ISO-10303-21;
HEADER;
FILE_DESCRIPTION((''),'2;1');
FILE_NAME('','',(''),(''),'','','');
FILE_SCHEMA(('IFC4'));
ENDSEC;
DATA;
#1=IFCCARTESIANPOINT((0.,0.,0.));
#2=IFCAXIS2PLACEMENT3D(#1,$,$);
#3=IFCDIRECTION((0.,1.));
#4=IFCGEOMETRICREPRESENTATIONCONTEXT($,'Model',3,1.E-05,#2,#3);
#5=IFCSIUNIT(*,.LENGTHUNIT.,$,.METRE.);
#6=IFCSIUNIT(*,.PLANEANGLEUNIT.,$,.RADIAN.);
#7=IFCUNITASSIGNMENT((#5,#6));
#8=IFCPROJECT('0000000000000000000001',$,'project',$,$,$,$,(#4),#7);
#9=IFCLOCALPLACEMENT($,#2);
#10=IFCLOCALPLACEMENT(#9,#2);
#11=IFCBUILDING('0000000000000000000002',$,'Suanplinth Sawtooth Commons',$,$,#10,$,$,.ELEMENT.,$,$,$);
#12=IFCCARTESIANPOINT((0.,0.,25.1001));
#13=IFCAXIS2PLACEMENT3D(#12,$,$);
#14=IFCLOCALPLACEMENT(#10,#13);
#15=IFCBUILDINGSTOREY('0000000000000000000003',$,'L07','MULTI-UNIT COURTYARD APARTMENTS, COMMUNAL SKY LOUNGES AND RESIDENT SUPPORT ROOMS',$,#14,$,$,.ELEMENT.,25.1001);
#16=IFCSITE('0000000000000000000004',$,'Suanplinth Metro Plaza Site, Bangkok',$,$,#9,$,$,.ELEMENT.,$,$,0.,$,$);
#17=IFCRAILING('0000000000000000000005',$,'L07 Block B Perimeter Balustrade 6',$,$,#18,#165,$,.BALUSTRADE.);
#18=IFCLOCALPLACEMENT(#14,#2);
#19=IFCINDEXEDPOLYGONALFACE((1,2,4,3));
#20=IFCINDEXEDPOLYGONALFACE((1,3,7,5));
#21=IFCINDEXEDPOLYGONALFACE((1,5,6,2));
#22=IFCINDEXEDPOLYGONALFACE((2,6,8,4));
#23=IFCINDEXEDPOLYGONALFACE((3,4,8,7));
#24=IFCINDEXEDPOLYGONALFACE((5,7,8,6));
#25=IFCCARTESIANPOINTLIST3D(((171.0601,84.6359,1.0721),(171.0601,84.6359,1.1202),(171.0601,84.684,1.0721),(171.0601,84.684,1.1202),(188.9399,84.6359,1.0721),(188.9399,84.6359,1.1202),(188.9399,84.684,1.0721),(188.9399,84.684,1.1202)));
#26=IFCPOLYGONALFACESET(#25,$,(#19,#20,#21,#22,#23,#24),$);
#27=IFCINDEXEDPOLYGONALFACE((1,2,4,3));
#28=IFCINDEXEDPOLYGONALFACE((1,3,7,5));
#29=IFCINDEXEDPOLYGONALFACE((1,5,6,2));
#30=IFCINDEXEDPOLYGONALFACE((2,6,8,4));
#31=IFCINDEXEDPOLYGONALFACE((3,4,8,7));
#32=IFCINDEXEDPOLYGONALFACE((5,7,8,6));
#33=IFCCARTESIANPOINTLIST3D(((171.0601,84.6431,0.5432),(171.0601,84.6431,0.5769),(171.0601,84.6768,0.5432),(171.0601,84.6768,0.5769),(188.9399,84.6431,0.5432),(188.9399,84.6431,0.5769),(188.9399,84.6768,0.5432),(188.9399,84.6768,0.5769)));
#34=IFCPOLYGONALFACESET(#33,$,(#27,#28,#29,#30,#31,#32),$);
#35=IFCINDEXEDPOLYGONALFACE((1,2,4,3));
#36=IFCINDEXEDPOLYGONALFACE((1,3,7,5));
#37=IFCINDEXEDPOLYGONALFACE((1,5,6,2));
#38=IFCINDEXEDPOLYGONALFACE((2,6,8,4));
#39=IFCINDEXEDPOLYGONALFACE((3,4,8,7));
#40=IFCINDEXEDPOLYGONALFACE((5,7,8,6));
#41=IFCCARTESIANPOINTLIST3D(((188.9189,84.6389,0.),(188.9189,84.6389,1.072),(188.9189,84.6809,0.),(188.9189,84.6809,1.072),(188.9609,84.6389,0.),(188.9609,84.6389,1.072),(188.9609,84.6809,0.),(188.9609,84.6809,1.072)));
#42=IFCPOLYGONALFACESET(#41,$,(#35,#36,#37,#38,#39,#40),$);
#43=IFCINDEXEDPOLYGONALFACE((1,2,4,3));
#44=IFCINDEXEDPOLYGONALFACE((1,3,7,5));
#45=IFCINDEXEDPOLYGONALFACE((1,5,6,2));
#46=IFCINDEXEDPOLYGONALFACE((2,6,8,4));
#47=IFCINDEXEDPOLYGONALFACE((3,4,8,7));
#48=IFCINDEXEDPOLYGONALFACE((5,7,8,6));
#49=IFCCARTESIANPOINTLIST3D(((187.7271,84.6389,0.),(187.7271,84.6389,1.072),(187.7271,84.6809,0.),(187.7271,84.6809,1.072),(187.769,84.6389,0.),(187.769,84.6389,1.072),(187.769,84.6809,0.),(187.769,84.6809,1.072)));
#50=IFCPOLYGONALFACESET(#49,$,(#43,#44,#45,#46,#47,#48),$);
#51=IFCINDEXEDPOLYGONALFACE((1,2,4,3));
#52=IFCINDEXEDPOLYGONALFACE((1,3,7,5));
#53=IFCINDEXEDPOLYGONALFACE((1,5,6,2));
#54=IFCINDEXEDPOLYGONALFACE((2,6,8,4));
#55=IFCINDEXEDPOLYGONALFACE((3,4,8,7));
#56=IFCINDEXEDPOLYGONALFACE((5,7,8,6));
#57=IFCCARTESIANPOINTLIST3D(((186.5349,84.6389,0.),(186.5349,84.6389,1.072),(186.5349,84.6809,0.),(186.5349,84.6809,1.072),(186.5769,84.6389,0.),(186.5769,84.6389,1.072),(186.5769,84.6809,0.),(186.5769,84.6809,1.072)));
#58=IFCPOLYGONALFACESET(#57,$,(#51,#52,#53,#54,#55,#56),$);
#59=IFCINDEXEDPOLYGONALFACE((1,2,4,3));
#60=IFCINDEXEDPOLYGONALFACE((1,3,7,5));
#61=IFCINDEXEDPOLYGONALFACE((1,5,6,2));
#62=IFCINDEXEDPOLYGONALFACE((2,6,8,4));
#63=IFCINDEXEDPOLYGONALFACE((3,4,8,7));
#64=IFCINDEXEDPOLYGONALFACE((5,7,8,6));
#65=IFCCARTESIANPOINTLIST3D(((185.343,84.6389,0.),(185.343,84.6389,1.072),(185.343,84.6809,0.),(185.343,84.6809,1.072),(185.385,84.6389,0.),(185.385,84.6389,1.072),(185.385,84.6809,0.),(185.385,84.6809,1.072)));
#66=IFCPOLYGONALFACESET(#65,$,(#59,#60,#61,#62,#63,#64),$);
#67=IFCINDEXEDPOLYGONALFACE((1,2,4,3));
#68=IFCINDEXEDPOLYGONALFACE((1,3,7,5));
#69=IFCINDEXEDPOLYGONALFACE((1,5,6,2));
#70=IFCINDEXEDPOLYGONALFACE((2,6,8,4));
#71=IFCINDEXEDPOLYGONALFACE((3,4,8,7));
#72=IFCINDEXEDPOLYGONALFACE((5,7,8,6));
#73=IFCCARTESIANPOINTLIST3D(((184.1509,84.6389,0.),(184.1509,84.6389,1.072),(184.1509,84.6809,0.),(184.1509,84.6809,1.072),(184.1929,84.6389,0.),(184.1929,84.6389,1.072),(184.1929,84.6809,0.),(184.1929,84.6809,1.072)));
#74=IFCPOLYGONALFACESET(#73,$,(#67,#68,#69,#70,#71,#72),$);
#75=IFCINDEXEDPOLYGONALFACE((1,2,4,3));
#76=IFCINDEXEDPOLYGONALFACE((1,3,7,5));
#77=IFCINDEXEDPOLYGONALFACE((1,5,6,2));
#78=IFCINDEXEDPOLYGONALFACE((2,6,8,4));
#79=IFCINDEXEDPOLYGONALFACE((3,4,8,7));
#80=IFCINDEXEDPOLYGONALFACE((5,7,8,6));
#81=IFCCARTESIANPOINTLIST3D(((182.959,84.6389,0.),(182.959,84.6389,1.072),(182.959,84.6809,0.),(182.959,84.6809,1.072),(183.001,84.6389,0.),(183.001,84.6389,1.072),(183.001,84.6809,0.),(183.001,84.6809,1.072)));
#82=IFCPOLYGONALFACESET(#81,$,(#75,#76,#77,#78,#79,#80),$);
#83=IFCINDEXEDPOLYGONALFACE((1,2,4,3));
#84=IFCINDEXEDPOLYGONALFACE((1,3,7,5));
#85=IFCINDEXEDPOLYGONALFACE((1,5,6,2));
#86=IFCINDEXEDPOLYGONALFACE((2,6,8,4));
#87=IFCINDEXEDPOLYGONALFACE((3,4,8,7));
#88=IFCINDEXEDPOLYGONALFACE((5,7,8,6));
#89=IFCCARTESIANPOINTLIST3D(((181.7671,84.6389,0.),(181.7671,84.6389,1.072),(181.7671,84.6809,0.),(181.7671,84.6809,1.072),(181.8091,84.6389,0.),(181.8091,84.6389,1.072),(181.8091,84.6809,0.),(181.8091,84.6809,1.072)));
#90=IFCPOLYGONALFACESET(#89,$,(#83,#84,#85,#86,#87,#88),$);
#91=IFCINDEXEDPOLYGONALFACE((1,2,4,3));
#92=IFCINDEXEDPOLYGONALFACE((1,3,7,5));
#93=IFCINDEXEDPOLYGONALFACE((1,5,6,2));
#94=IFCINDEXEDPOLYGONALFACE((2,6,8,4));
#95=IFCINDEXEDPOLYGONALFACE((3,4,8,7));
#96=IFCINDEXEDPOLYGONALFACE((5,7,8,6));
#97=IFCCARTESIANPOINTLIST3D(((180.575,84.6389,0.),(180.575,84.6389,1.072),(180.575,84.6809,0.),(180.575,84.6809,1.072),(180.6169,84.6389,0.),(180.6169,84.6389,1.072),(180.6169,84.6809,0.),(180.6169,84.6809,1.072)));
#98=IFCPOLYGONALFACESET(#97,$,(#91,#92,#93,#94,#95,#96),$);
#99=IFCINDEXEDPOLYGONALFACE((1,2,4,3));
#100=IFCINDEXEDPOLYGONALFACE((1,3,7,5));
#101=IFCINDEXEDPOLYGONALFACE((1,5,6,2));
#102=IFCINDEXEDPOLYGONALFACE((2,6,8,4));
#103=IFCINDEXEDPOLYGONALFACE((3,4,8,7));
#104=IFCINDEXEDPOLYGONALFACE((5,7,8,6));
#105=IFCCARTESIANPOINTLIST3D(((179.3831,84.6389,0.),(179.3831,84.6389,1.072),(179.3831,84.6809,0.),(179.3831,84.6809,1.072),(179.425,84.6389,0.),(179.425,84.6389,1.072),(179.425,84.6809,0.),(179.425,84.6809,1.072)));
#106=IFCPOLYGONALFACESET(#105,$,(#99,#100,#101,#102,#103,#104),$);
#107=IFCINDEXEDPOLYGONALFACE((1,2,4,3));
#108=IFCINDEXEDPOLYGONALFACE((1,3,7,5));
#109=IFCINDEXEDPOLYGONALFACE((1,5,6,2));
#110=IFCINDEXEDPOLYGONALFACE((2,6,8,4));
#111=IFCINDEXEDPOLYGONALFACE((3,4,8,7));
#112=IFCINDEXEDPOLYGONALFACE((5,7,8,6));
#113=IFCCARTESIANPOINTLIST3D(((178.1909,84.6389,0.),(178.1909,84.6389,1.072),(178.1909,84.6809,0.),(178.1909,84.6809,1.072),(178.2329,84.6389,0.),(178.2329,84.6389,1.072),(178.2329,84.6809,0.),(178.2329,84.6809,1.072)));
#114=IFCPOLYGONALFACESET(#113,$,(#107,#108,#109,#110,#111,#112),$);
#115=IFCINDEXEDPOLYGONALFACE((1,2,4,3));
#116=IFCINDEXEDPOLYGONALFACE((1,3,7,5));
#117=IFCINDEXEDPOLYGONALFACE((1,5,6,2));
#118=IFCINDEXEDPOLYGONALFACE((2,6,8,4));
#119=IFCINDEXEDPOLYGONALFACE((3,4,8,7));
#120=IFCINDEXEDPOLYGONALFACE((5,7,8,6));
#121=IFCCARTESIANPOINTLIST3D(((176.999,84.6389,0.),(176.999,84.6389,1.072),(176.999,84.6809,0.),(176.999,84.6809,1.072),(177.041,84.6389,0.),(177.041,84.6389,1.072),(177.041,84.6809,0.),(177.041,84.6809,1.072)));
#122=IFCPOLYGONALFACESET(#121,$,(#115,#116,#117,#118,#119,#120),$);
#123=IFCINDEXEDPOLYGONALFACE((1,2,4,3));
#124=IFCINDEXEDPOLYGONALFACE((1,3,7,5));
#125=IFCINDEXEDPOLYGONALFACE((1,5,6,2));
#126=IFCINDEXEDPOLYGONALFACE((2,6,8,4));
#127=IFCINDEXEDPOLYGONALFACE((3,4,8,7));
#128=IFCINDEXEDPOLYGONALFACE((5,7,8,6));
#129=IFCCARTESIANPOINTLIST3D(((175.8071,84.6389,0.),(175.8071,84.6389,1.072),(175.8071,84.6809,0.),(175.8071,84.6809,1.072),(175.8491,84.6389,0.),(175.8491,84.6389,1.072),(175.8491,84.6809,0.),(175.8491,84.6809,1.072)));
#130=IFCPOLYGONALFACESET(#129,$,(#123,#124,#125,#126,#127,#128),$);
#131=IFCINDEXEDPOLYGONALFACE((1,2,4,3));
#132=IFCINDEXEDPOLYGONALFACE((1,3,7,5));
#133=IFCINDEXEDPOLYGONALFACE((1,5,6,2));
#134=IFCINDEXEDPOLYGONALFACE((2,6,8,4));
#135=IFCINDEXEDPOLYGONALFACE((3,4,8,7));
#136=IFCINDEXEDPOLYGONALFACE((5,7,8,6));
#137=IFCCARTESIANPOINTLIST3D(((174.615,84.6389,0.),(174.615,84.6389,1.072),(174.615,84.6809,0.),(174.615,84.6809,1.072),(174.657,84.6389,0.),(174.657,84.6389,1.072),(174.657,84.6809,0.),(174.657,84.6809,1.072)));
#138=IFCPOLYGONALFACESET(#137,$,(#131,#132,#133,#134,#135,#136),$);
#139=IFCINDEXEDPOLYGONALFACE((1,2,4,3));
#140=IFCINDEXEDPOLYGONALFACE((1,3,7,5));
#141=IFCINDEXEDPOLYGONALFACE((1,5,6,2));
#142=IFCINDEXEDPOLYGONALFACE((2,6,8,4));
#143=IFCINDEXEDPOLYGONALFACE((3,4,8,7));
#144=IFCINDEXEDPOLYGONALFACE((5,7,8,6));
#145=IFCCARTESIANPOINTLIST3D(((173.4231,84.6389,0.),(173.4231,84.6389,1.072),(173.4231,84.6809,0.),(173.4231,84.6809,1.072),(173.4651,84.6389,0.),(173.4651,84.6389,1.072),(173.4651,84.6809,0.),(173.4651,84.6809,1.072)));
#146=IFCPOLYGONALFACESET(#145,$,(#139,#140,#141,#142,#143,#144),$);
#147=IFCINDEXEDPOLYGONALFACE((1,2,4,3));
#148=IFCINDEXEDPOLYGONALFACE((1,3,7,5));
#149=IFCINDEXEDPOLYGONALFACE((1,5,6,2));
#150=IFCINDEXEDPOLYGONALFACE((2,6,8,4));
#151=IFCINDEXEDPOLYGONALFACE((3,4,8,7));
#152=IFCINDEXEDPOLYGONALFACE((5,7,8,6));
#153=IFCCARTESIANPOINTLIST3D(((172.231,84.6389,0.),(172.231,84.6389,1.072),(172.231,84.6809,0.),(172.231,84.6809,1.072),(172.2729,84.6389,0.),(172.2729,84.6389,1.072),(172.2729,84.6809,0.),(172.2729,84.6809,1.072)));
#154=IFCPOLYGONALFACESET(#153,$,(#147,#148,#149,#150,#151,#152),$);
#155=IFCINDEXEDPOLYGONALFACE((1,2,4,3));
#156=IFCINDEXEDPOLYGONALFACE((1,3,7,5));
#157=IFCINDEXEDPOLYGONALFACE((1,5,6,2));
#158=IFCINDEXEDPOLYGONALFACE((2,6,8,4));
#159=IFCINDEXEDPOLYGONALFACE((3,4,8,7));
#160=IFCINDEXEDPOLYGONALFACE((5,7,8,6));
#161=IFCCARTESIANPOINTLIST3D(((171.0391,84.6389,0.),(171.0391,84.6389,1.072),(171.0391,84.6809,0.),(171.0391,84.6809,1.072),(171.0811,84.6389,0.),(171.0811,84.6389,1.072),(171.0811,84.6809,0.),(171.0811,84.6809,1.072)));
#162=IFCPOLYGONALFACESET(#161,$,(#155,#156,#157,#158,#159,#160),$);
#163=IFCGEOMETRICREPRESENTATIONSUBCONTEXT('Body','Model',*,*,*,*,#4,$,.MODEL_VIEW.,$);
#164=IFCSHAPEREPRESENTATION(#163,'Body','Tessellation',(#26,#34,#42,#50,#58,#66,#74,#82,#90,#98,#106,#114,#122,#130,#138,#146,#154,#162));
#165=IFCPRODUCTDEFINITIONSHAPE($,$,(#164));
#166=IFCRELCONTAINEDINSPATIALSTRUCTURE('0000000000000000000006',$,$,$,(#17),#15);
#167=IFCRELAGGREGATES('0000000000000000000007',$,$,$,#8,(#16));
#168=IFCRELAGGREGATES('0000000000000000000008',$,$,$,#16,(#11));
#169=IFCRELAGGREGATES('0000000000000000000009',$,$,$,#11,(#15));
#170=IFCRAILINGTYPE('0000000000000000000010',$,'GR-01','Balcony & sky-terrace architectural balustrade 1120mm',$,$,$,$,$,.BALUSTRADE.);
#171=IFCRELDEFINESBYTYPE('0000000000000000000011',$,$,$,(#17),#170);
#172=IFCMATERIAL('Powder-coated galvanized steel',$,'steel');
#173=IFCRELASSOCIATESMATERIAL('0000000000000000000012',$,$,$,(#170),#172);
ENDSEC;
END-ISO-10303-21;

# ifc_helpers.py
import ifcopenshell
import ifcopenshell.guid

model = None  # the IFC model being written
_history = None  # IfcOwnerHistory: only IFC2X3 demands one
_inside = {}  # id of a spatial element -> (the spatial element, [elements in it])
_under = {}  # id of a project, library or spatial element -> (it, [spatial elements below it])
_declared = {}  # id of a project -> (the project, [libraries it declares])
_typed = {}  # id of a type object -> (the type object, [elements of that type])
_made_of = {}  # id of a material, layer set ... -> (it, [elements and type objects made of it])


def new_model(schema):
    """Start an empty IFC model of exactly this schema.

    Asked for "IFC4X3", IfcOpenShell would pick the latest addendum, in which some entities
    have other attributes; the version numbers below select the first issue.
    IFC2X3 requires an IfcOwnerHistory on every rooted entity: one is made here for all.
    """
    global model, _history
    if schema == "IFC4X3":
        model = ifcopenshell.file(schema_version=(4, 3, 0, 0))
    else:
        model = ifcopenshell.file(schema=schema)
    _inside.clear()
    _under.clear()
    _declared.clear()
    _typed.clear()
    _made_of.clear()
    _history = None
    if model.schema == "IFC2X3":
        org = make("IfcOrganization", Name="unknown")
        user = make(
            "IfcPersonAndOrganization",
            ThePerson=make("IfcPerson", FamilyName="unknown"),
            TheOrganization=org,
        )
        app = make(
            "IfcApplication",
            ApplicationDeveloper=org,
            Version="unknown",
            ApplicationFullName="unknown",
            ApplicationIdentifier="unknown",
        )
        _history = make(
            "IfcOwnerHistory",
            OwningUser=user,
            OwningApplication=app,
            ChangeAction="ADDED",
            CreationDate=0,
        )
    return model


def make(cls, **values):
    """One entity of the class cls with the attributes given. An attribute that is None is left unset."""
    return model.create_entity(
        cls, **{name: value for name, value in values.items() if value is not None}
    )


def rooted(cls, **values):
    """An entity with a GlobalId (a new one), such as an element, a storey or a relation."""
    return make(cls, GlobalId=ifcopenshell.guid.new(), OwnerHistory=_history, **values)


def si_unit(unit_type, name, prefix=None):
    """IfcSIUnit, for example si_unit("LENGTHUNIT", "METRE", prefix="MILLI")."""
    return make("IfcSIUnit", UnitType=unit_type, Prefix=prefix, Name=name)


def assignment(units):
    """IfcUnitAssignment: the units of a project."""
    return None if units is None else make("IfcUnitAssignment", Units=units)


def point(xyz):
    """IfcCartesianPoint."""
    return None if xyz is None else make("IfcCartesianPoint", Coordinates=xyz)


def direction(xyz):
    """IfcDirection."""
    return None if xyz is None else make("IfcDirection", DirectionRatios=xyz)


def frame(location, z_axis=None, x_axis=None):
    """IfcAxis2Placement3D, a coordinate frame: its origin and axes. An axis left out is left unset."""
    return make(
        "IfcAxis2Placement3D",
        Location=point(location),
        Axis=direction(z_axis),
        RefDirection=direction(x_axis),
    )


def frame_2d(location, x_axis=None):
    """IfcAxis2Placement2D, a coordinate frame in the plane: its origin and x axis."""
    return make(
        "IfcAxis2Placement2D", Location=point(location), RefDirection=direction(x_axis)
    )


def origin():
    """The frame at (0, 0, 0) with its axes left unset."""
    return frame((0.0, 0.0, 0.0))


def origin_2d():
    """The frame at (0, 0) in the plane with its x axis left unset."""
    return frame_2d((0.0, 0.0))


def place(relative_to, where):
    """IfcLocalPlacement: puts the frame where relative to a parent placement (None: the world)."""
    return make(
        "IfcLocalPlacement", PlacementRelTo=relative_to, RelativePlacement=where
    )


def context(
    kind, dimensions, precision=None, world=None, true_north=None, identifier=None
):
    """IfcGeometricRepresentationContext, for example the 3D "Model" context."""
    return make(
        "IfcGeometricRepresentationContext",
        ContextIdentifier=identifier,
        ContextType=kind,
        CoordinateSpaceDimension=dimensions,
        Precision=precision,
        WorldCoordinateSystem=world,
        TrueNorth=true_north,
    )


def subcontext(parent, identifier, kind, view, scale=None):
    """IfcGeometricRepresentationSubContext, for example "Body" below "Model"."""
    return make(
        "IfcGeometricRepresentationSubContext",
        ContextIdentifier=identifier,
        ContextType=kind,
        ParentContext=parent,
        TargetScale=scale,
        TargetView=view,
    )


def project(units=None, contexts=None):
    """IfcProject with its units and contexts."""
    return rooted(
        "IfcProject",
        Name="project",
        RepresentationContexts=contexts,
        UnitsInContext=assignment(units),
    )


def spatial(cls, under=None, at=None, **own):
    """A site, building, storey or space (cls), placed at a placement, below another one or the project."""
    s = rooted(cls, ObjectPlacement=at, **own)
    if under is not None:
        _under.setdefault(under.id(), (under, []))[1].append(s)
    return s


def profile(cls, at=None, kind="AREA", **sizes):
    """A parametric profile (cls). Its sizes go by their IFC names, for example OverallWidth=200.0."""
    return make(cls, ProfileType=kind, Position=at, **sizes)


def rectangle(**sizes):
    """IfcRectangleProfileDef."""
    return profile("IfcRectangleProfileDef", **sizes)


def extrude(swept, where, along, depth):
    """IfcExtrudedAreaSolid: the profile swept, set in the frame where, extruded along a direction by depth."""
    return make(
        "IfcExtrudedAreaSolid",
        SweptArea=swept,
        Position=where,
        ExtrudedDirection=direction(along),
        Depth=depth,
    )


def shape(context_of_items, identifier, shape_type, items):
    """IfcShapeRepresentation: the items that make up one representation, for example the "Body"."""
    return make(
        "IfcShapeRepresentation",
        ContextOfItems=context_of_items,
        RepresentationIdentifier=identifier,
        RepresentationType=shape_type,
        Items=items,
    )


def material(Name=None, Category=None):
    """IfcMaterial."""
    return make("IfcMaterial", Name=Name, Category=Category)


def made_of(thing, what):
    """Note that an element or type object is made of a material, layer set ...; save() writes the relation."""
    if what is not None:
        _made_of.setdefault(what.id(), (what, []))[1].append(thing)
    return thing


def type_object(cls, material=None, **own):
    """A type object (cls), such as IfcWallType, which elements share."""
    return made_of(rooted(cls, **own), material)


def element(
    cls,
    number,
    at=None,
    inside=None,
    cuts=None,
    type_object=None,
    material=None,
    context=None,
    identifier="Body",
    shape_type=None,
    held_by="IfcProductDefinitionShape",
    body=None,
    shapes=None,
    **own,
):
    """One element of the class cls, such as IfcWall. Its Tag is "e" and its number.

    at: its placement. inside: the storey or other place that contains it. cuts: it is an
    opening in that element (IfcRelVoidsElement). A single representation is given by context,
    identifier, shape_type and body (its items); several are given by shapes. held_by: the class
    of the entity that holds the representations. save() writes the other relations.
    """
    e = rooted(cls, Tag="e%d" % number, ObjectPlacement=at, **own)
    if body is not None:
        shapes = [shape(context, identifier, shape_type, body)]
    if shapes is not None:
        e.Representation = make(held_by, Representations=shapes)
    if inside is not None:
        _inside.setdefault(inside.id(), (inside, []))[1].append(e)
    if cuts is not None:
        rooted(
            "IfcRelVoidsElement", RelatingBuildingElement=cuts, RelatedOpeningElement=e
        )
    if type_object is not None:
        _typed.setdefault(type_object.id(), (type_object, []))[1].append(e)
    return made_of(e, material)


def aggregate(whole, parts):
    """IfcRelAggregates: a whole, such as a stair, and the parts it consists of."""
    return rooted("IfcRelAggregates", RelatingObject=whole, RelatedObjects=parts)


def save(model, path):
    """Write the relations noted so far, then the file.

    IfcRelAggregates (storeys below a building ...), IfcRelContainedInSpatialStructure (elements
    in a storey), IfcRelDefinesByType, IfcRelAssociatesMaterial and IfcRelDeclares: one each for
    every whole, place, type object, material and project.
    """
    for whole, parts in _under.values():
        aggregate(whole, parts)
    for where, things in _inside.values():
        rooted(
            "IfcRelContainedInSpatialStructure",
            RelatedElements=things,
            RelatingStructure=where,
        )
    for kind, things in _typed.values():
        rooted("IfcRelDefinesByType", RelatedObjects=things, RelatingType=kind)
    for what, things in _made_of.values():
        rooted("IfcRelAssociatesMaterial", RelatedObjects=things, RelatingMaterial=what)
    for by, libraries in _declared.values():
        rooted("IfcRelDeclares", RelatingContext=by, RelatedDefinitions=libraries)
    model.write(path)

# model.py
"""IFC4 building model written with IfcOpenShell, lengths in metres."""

from ifc_helpers import new_model, si_unit, direction, frame, origin, origin_2d, place, context, subcontext, project, spatial, rectangle, extrude, material, type_object, element, save


model = new_model("IFC4")

# Units and contexts
model_context = context("Model", 3, precision=1e-05, world=origin(), true_north=direction((0.0, 1.0)))
body_context = subcontext(model_context, "Body", "Model", "MODEL_VIEW")
ifc_project = project(units=[si_unit("LENGTHUNIT", "METRE"), si_unit("PLANEANGLEUNIT", "RADIAN")], contexts=[model_context])

# Site, building, storey
site_placement = place(None, origin())
site = spatial("IfcSite", under=ifc_project, at=site_placement, Name="Suanplinth Metro Plaza Site, Bangkok", CompositionType="ELEMENT", RefElevation=0.0)
building_placement = place(site_placement, origin())
building = spatial("IfcBuilding", under=site, at=building_placement, Name="Suanplinth Sawtooth Commons", CompositionType="ELEMENT")
storey_placement = place(building_placement, frame((0.0, 0.0, 25.1001)))
storey = spatial("IfcBuildingStorey", under=building, at=storey_placement, Name="L07", Description="MULTI-UNIT COURTYARD APARTMENTS, COMMUNAL SKY LOUNGES AND RESIDENT SUPPORT ROOMS", CompositionType="ELEMENT", Elevation=25.1001)

# Railing
ifc_material_1 = material(Name="Powder-coated galvanized steel", Category="steel")
railing_type = type_object("IfcRailingType", Name="GR-01", Description="Balcony & sky-terrace architectural balustrade 1120mm", PredefinedType="BALUSTRADE", material=ifc_material_1)
railing_1_placement = place(storey_placement, frame((188.9399, 84.6599, 0.0)))
element("IfcRailing", 1, at=railing_1_placement, inside=storey, type_object=railing_type, Name="L07 Block B Perimeter Balustrade 6", PredefinedType="BALUSTRADE", context=body_context, shape_type="SweptSolid", body=[
    extrude(rectangle(XDim=0.0481, YDim=0.0481, at=origin_2d()), frame((0.0, 0.0, 1.0962), z_axis=(-1.0, 0.0, 0.0), x_axis=(0.0, -1.0, 0.0)), (0.0, 0.0, 1.0), 17.8799),
    extrude(rectangle(XDim=0.0337, YDim=0.0337, at=origin_2d()), frame((0.0, 0.0, 0.5601), z_axis=(-1.0, 0.0, 0.0), x_axis=(0.0, -1.0, 0.0)), (0.0, 0.0, 1.0), 17.8799),
    extrude(rectangle(XDim=0.042, YDim=0.042, at=origin_2d()), origin(), (0.0, 0.0, 1.0), 1.072),
    extrude(rectangle(XDim=0.042, YDim=0.042, at=origin_2d()), frame((-1.1919, 0.0, 0.0)), (0.0, 0.0, 1.0), 1.072),
    extrude(rectangle(XDim=0.042, YDim=0.042, at=origin_2d()), frame((-2.384, 0.0, 0.0)), (0.0, 0.0, 1.0), 1.072),
    extrude(rectangle(XDim=0.042, YDim=0.042, at=origin_2d()), frame((-3.5759, 0.0, 0.0)), (0.0, 0.0, 1.0), 1.072),
    extrude(rectangle(XDim=0.042, YDim=0.042, at=origin_2d()), frame((-4.7681, 0.0, 0.0)), (0.0, 0.0, 1.0), 1.072),
    extrude(rectangle(XDim=0.042, YDim=0.042, at=origin_2d()), frame((-5.96, 0.0, 0.0)), (0.0, 0.0, 1.0), 1.072),
    extrude(rectangle(XDim=0.042, YDim=0.042, at=origin_2d()), frame((-7.1519, 0.0, 0.0)), (0.0, 0.0, 1.0), 1.072),
    extrude(rectangle(XDim=0.042, YDim=0.042, at=origin_2d()), frame((-8.344, 0.0, 0.0)), (0.0, 0.0, 1.0), 1.072),
    extrude(rectangle(XDim=0.042, YDim=0.042, at=origin_2d()), frame((-9.5359, 0.0, 0.0)), (0.0, 0.0, 1.0), 1.072),
    extrude(rectangle(XDim=0.042, YDim=0.042, at=origin_2d()), frame((-10.728, 0.0, 0.0)), (0.0, 0.0, 1.0), 1.072),
    extrude(rectangle(XDim=0.042, YDim=0.042, at=origin_2d()), frame((-11.9199, 0.0, 0.0)), (0.0, 0.0, 1.0), 1.072),
    extrude(rectangle(XDim=0.042, YDim=0.042, at=origin_2d()), frame((-13.1118, 0.0, 0.0)), (0.0, 0.0, 1.0), 1.072),
    extrude(rectangle(XDim=0.042, YDim=0.042, at=origin_2d()), frame((-14.304, 0.0, 0.0)), (0.0, 0.0, 1.0), 1.072),
    extrude(rectangle(XDim=0.042, YDim=0.042, at=origin_2d()), frame((-15.4958, 0.0, 0.0)), (0.0, 0.0, 1.0), 1.072),
    extrude(rectangle(XDim=0.042, YDim=0.042, at=origin_2d()), frame((-16.688, 0.0, 0.0)), (0.0, 0.0, 1.0), 1.072),
    extrude(rectangle(XDim=0.042, YDim=0.042, at=origin_2d()), frame((-17.8799, 0.0, 0.0)), (0.0, 0.0, 1.0), 1.072),
])

save(model, "model.ifc")
